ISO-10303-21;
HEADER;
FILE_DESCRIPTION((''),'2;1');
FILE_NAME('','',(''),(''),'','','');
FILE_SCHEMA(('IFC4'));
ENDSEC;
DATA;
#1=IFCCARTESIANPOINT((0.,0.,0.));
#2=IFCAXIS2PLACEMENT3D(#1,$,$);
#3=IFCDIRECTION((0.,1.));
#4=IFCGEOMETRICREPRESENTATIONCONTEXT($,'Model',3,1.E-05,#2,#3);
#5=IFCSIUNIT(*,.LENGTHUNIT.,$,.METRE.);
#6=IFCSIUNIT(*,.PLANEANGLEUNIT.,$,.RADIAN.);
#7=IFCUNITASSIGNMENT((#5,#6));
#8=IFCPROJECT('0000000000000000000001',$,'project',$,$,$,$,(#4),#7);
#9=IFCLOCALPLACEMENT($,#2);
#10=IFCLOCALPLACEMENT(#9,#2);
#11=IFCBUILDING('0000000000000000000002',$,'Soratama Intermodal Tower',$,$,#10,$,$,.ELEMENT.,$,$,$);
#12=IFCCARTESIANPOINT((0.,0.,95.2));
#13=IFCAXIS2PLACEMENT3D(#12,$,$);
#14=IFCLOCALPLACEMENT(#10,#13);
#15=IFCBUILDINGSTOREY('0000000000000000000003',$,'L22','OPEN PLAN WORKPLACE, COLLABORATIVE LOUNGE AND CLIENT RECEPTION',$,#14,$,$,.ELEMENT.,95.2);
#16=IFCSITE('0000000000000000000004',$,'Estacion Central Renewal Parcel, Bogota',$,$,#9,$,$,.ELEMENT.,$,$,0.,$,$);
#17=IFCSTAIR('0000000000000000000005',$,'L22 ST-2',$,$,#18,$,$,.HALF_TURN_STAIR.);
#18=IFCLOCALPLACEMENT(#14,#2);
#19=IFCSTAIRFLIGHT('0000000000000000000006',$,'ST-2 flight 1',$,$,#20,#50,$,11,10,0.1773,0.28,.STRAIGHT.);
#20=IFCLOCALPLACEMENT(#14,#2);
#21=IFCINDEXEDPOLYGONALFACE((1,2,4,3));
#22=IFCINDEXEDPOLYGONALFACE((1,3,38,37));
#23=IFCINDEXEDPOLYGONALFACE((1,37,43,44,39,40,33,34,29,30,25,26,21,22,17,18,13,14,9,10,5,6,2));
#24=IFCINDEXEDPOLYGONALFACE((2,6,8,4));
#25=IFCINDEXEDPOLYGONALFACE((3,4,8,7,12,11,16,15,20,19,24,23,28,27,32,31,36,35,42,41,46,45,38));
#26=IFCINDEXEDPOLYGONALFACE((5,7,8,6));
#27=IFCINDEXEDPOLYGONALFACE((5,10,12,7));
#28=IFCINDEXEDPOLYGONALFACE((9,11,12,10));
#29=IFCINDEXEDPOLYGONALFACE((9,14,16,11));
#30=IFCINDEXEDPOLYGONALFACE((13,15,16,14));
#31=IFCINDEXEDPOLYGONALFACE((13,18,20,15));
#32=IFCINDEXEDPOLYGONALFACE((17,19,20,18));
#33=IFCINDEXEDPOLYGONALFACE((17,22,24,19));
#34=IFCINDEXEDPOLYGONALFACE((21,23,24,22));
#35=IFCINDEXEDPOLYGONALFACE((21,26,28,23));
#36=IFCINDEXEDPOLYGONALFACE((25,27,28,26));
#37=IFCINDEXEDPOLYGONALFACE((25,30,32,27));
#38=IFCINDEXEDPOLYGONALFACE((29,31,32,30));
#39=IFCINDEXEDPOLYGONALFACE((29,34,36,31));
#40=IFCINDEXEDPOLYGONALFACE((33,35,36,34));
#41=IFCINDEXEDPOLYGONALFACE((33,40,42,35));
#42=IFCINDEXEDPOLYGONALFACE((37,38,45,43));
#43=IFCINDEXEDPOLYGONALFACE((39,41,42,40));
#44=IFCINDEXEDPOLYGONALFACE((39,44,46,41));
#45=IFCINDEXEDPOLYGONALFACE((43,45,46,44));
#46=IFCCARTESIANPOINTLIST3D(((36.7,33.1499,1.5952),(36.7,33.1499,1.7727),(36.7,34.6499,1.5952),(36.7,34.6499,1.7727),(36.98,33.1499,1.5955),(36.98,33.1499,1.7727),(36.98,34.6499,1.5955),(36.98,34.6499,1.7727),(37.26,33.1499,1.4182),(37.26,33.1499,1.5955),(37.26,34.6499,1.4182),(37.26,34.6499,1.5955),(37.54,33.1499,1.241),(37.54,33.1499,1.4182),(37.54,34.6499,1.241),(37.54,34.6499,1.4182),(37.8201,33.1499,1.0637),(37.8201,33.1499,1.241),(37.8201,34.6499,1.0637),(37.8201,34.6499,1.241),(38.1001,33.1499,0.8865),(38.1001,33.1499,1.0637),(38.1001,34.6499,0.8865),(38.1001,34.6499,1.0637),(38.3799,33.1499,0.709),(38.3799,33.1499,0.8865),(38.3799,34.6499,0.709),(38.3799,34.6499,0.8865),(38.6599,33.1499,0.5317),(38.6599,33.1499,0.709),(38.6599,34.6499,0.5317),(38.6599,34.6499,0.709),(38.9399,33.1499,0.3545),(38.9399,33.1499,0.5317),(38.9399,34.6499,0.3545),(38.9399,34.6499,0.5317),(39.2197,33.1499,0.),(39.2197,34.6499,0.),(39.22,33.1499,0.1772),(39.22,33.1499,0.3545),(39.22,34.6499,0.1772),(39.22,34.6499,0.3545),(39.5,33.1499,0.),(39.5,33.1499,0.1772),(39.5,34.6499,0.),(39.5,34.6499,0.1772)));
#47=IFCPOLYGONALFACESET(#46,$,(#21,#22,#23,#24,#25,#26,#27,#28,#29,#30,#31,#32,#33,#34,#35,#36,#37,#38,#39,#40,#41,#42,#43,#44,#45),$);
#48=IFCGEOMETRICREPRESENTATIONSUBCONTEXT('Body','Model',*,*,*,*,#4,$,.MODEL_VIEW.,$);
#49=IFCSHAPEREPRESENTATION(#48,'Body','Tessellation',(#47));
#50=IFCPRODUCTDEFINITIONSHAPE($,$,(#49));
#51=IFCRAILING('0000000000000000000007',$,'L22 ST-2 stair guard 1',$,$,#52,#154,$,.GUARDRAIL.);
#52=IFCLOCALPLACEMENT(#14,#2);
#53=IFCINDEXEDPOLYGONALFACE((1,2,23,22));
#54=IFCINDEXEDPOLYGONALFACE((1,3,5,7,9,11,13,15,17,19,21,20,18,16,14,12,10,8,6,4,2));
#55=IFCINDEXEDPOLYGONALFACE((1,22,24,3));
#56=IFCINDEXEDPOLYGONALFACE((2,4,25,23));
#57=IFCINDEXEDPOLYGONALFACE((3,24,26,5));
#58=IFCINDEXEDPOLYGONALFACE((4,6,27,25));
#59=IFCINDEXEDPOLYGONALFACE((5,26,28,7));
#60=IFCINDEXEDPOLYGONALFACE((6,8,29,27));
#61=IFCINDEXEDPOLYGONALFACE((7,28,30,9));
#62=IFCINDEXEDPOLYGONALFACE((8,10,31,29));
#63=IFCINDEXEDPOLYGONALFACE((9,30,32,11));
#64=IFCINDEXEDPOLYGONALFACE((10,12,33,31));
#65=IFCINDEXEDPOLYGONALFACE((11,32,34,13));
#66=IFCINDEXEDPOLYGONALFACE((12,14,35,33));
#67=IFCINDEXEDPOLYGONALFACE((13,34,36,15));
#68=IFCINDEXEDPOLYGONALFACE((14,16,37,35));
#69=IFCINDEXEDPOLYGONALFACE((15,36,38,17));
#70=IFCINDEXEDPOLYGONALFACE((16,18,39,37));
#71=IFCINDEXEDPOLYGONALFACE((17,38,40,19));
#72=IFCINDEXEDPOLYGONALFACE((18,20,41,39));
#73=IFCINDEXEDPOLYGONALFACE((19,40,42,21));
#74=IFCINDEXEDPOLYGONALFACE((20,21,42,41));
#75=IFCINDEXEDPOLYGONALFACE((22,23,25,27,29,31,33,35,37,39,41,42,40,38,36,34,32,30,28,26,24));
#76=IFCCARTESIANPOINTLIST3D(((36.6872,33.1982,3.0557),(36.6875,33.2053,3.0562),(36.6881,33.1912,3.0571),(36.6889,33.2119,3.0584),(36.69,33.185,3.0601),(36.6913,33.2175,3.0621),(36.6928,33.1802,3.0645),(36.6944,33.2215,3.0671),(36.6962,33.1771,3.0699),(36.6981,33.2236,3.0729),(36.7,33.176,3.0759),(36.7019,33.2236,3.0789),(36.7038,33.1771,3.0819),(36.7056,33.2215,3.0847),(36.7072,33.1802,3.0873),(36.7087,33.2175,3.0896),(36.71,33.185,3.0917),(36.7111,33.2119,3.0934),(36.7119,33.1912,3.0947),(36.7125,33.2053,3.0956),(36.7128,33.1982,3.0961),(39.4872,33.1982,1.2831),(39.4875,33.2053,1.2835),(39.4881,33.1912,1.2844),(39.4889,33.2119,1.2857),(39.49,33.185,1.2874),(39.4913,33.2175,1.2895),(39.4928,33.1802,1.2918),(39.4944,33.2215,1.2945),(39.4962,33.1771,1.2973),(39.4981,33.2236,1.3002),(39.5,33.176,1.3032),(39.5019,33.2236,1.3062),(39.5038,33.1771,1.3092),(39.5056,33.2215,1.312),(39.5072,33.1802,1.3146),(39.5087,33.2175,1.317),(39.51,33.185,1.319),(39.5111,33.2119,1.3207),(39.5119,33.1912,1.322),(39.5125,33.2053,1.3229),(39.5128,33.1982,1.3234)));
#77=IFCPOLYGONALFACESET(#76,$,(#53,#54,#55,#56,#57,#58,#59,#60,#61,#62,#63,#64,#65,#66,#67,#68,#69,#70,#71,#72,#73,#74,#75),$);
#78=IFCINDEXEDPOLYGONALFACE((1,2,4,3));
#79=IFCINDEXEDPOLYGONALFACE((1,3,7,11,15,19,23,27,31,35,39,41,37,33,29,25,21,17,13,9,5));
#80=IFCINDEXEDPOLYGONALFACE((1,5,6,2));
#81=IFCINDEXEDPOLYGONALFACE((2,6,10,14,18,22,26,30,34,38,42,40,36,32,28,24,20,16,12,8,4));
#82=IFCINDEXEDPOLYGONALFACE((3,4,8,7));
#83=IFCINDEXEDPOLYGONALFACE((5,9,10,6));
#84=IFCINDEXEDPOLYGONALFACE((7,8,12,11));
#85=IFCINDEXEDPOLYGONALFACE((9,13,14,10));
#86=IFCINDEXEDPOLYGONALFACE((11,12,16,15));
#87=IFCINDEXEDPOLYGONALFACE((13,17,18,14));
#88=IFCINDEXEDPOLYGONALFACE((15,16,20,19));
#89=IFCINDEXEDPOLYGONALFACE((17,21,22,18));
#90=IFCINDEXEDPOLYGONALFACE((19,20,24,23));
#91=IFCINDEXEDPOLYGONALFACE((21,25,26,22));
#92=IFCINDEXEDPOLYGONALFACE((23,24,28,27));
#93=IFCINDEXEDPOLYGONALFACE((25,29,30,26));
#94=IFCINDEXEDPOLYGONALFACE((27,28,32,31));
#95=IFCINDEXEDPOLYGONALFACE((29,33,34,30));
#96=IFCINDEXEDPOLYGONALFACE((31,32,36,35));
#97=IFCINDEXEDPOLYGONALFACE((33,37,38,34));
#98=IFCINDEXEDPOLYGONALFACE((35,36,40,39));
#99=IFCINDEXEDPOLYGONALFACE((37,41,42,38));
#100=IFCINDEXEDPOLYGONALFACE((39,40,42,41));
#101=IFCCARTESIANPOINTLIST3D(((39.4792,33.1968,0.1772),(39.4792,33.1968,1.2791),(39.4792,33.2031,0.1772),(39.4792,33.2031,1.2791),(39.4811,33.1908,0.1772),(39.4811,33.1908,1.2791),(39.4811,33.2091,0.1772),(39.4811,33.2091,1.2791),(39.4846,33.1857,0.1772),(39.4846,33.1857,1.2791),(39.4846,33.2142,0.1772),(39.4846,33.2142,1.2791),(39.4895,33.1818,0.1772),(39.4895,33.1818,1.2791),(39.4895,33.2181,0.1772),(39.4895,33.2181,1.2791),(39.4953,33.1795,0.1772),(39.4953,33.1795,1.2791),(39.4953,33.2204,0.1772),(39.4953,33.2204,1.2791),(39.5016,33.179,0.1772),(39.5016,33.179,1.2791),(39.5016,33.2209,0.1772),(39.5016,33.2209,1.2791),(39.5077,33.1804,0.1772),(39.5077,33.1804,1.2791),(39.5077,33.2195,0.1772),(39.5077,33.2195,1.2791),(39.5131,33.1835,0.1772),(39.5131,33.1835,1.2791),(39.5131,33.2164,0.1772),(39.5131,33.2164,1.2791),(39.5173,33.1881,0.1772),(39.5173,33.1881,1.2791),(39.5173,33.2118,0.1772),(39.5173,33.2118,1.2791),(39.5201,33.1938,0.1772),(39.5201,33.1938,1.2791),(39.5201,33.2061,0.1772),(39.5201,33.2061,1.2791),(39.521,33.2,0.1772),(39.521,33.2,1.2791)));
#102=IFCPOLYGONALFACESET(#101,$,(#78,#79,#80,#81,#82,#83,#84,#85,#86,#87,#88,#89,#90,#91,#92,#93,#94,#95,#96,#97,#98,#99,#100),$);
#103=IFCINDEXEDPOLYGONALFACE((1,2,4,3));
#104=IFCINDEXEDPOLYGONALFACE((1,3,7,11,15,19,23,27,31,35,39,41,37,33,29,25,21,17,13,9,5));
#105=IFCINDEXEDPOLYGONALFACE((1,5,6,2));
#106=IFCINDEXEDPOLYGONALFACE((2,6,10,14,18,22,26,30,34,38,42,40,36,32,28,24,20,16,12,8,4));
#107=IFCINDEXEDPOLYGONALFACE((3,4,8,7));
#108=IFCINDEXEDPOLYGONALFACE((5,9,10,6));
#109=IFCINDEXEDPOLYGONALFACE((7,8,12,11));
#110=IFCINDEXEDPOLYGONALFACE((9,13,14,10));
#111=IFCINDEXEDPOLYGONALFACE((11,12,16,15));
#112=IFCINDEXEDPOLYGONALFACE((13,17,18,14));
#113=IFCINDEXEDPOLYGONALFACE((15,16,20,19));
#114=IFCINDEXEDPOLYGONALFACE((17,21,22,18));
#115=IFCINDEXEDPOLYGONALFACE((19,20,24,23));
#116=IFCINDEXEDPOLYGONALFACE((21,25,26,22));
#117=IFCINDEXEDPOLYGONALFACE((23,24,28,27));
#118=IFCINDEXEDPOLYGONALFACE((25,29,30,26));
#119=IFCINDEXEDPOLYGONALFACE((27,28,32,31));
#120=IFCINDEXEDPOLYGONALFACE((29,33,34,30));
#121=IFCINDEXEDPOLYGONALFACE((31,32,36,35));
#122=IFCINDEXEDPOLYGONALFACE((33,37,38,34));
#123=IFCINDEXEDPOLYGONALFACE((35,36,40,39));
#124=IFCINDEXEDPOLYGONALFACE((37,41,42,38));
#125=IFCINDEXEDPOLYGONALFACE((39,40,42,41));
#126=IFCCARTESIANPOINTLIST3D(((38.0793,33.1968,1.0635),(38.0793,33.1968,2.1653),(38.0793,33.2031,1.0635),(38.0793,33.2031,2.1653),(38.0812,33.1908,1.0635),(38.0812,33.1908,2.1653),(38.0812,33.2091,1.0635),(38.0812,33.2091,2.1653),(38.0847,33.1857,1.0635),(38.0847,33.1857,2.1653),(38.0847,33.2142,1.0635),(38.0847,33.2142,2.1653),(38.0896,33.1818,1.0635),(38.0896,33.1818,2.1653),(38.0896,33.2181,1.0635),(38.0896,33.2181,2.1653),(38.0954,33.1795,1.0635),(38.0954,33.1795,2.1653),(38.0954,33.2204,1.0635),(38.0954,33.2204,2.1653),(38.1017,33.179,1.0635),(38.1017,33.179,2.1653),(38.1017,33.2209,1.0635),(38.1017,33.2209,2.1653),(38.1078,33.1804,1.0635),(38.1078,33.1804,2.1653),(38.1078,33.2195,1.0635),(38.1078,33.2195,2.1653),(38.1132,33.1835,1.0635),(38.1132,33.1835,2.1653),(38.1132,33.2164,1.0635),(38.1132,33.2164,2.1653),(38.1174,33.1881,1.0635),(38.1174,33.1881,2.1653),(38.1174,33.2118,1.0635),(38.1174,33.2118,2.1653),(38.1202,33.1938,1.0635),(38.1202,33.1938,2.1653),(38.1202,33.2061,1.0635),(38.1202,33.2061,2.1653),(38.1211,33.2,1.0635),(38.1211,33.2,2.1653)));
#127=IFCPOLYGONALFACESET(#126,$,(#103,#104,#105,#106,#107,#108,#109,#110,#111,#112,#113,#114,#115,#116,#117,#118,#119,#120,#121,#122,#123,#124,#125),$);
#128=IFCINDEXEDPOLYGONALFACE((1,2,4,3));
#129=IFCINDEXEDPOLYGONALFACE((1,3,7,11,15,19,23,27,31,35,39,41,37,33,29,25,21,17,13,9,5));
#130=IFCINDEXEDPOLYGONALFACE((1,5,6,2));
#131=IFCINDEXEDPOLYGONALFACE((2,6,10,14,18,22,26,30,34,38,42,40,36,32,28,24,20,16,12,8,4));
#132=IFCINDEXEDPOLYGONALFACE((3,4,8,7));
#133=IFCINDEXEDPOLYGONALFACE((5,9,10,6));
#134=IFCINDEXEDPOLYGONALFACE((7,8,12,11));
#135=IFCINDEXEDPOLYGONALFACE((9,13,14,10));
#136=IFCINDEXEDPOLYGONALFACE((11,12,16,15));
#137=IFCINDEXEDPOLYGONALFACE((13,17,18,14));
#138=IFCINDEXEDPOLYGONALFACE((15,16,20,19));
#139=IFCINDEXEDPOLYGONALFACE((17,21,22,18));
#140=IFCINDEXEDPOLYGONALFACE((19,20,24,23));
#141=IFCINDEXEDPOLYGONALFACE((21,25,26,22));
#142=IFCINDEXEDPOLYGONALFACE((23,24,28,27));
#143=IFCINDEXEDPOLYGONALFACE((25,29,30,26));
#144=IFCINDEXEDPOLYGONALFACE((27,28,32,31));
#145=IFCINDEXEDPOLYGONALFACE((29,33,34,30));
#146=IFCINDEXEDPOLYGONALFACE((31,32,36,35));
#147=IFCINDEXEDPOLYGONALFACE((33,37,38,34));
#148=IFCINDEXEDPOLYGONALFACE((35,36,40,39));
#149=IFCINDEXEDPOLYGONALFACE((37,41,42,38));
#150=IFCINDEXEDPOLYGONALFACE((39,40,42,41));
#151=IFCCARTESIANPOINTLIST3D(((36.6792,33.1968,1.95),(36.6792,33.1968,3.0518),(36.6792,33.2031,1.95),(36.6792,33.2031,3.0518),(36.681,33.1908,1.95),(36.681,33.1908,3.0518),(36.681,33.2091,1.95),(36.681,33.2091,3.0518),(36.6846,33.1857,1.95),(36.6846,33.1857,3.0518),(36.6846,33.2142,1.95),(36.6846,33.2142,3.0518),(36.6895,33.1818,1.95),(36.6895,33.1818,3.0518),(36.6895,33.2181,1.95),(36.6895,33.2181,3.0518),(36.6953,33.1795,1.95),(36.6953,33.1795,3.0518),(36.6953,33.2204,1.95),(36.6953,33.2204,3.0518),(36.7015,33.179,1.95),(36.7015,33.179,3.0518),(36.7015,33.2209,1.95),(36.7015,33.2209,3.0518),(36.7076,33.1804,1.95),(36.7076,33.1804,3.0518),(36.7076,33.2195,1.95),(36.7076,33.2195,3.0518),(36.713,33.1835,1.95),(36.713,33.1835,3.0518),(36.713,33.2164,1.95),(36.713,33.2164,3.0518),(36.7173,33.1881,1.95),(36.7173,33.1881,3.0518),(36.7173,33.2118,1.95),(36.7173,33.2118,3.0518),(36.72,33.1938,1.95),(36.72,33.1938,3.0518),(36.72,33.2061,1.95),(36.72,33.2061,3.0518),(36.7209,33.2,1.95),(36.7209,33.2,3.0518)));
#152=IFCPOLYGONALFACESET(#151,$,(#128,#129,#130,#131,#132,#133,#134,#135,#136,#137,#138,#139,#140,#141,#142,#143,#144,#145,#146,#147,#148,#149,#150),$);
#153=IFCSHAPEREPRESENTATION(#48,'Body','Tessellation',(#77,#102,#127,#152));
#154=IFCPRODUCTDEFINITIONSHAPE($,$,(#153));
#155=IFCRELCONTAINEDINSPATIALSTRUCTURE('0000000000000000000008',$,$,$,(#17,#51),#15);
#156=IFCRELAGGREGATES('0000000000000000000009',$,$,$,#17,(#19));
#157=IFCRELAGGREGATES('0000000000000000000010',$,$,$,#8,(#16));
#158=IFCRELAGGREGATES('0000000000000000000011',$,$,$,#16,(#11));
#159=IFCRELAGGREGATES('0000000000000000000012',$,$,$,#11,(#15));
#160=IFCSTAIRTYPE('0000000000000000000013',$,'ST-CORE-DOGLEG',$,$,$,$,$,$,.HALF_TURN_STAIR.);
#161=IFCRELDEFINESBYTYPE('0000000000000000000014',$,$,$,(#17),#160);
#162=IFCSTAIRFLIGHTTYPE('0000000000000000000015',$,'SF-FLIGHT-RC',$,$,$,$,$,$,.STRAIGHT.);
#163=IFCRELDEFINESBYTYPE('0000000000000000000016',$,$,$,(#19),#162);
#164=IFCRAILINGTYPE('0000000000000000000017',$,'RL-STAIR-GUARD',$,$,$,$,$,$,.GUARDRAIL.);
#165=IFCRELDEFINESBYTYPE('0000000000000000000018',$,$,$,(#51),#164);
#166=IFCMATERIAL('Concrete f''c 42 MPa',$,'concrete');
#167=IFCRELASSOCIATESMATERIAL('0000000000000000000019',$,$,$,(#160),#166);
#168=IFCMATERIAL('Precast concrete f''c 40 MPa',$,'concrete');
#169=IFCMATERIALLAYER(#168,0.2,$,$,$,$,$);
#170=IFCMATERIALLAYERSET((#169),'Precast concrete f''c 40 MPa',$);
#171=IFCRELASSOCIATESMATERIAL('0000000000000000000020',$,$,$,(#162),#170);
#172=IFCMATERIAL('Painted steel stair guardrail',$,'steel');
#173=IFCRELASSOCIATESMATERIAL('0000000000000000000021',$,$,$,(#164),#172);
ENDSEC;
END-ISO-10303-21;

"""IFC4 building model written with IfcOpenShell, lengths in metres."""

from ifc_helpers import new_model, si_unit, direction, frame, origin, origin_2d, place, context, subcontext, project, spatial, polyline, circle, outline, extrude, material, layer, layer_set, type_object, element, aggregate, save


model = new_model("IFC4")

# Units and contexts
model_context = context("Model", 3, precision=1e-05, world=origin(), true_north=direction((0.0, 1.0)))
body_context = subcontext(model_context, "Body", "Model", "MODEL_VIEW")
ifc_project = project(units=[si_unit("LENGTHUNIT", "METRE"), si_unit("PLANEANGLEUNIT", "RADIAN")], contexts=[model_context])

# Site, building, storey
site_placement = place(None, origin())
site = spatial("IfcSite", under=ifc_project, at=site_placement, Name="Estacion Central Renewal Parcel, Bogota", CompositionType="ELEMENT", RefElevation=0.0)
building_placement = place(site_placement, origin())
building = spatial("IfcBuilding", under=site, at=building_placement, Name="Soratama Intermodal Tower", CompositionType="ELEMENT")
storey_placement = place(building_placement, frame((0.0, 0.0, 95.2)))
storey = spatial("IfcBuildingStorey", under=building, at=storey_placement, Name="L22", Description="OPEN PLAN WORKPLACE, COLLABORATIVE LOUNGE AND CLIENT RECEPTION", CompositionType="ELEMENT", Elevation=95.2)

# Stair, stair flight
ifc_material_1 = material(Name="Concrete f'c 42 MPa", Category="concrete")
stair_type = type_object("IfcStairType", Name="ST-CORE-DOGLEG", PredefinedType="HALF_TURN_STAIR", material=ifc_material_1)
stair_placement = place(storey_placement, origin())
stair = element("IfcStair", 1, at=stair_placement, inside=storey, type_object=stair_type, Name="L22 ST-2", PredefinedType="HALF_TURN_STAIR")
ifc_material_2 = material(Name="Precast concrete f'c 40 MPa", Category="concrete")
ifc_layer_1 = layer(ifc_material_2, 0.2)
ifc_layer_set_1 = layer_set([ifc_layer_1], Name="Precast concrete f'c 40 MPa")
stair_flight_type = type_object("IfcStairFlightType", Name="SF-FLIGHT-RC", PredefinedType="STRAIGHT", material=ifc_layer_set_1)
stair_flight_placement = place(storey_placement, frame((39.5, 33.8999, 0.0), z_axis=(0.0, 0.0, 1.0), x_axis=(-1.0, 0.0, 0.0)))
stair_flight = element("IfcStairFlight", 2, at=stair_flight_placement, type_object=stair_flight_type, Name="ST-2 flight 1", NumberOfRisers=11, NumberOfTreads=10, PredefinedType="STRAIGHT", RiserHeight=0.1773, TreadLength=0.28, context=body_context, shape_type="SweptSolid", body=[
    extrude(outline(polyline([(0.0, 0.0), (0.0, 0.1772), (0.28, 0.1772), (0.28, 0.3545), (0.5601, 0.3545), (0.5601, 0.5317), (0.8401, 0.5317), (0.8401, 0.709), (1.1201, 0.709), (1.1201, 0.8865), (1.3999, 0.8865), (1.3999, 1.0637), (1.6799, 1.0637), (1.6799, 1.241), (1.96, 1.241), (1.96, 1.4182), (2.24, 1.4182), (2.24, 1.5955), (2.52, 1.5955), (2.52, 1.7727), (2.8, 1.7727), (2.8, 1.95), (2.8, 1.5952), (0.2803, 0.0), (0.0, 0.0)])), frame((0.0, 0.75, 0.0), z_axis=(0.0, -1.0, 0.0), x_axis=(1.0, 0.0, 0.0)), (0.0, 0.0, 1.0), 1.5),
])
aggregate(stair, [stair_flight])

# Railing
ifc_material_3 = material(Name="Painted steel stair guardrail", Category="steel")
railing_type = type_object("IfcRailingType", Name="RL-STAIR-GUARD", PredefinedType="GUARDRAIL", material=ifc_material_3)
railing_1_placement = place(storey_placement, frame((39.5, 33.2, 0.1772)))
element("IfcRailing", 3, at=railing_1_placement, inside=storey, type_object=railing_type, Name="L22 ST-2 stair guard 1", PredefinedType="GUARDRAIL", context=body_context, shape_type="SweptSolid", body=[
    extrude(circle(Radius=0.0239, at=origin_2d()), frame((0.0, 0.0, 1.126), z_axis=(-0.844909, 0.0, 0.53491), x_axis=(0.0, -1.0, 0.0)), (0.0, 0.0, 1.0), 3.314),
    extrude(circle(Radius=0.021, at=origin_2d()), origin(), (0.0, 0.0, 1.0), 1.1018),
    extrude(circle(Radius=0.021, at=origin_2d()), frame((-1.3999, 0.0, 0.8862)), (0.0, 0.0, 1.0), 1.1018),
    extrude(circle(Radius=0.021, at=origin_2d()), frame((-2.8, 0.0, 1.7727)), (0.0, 0.0, 1.0), 1.1018),
])

save(model, "model.ifc")
